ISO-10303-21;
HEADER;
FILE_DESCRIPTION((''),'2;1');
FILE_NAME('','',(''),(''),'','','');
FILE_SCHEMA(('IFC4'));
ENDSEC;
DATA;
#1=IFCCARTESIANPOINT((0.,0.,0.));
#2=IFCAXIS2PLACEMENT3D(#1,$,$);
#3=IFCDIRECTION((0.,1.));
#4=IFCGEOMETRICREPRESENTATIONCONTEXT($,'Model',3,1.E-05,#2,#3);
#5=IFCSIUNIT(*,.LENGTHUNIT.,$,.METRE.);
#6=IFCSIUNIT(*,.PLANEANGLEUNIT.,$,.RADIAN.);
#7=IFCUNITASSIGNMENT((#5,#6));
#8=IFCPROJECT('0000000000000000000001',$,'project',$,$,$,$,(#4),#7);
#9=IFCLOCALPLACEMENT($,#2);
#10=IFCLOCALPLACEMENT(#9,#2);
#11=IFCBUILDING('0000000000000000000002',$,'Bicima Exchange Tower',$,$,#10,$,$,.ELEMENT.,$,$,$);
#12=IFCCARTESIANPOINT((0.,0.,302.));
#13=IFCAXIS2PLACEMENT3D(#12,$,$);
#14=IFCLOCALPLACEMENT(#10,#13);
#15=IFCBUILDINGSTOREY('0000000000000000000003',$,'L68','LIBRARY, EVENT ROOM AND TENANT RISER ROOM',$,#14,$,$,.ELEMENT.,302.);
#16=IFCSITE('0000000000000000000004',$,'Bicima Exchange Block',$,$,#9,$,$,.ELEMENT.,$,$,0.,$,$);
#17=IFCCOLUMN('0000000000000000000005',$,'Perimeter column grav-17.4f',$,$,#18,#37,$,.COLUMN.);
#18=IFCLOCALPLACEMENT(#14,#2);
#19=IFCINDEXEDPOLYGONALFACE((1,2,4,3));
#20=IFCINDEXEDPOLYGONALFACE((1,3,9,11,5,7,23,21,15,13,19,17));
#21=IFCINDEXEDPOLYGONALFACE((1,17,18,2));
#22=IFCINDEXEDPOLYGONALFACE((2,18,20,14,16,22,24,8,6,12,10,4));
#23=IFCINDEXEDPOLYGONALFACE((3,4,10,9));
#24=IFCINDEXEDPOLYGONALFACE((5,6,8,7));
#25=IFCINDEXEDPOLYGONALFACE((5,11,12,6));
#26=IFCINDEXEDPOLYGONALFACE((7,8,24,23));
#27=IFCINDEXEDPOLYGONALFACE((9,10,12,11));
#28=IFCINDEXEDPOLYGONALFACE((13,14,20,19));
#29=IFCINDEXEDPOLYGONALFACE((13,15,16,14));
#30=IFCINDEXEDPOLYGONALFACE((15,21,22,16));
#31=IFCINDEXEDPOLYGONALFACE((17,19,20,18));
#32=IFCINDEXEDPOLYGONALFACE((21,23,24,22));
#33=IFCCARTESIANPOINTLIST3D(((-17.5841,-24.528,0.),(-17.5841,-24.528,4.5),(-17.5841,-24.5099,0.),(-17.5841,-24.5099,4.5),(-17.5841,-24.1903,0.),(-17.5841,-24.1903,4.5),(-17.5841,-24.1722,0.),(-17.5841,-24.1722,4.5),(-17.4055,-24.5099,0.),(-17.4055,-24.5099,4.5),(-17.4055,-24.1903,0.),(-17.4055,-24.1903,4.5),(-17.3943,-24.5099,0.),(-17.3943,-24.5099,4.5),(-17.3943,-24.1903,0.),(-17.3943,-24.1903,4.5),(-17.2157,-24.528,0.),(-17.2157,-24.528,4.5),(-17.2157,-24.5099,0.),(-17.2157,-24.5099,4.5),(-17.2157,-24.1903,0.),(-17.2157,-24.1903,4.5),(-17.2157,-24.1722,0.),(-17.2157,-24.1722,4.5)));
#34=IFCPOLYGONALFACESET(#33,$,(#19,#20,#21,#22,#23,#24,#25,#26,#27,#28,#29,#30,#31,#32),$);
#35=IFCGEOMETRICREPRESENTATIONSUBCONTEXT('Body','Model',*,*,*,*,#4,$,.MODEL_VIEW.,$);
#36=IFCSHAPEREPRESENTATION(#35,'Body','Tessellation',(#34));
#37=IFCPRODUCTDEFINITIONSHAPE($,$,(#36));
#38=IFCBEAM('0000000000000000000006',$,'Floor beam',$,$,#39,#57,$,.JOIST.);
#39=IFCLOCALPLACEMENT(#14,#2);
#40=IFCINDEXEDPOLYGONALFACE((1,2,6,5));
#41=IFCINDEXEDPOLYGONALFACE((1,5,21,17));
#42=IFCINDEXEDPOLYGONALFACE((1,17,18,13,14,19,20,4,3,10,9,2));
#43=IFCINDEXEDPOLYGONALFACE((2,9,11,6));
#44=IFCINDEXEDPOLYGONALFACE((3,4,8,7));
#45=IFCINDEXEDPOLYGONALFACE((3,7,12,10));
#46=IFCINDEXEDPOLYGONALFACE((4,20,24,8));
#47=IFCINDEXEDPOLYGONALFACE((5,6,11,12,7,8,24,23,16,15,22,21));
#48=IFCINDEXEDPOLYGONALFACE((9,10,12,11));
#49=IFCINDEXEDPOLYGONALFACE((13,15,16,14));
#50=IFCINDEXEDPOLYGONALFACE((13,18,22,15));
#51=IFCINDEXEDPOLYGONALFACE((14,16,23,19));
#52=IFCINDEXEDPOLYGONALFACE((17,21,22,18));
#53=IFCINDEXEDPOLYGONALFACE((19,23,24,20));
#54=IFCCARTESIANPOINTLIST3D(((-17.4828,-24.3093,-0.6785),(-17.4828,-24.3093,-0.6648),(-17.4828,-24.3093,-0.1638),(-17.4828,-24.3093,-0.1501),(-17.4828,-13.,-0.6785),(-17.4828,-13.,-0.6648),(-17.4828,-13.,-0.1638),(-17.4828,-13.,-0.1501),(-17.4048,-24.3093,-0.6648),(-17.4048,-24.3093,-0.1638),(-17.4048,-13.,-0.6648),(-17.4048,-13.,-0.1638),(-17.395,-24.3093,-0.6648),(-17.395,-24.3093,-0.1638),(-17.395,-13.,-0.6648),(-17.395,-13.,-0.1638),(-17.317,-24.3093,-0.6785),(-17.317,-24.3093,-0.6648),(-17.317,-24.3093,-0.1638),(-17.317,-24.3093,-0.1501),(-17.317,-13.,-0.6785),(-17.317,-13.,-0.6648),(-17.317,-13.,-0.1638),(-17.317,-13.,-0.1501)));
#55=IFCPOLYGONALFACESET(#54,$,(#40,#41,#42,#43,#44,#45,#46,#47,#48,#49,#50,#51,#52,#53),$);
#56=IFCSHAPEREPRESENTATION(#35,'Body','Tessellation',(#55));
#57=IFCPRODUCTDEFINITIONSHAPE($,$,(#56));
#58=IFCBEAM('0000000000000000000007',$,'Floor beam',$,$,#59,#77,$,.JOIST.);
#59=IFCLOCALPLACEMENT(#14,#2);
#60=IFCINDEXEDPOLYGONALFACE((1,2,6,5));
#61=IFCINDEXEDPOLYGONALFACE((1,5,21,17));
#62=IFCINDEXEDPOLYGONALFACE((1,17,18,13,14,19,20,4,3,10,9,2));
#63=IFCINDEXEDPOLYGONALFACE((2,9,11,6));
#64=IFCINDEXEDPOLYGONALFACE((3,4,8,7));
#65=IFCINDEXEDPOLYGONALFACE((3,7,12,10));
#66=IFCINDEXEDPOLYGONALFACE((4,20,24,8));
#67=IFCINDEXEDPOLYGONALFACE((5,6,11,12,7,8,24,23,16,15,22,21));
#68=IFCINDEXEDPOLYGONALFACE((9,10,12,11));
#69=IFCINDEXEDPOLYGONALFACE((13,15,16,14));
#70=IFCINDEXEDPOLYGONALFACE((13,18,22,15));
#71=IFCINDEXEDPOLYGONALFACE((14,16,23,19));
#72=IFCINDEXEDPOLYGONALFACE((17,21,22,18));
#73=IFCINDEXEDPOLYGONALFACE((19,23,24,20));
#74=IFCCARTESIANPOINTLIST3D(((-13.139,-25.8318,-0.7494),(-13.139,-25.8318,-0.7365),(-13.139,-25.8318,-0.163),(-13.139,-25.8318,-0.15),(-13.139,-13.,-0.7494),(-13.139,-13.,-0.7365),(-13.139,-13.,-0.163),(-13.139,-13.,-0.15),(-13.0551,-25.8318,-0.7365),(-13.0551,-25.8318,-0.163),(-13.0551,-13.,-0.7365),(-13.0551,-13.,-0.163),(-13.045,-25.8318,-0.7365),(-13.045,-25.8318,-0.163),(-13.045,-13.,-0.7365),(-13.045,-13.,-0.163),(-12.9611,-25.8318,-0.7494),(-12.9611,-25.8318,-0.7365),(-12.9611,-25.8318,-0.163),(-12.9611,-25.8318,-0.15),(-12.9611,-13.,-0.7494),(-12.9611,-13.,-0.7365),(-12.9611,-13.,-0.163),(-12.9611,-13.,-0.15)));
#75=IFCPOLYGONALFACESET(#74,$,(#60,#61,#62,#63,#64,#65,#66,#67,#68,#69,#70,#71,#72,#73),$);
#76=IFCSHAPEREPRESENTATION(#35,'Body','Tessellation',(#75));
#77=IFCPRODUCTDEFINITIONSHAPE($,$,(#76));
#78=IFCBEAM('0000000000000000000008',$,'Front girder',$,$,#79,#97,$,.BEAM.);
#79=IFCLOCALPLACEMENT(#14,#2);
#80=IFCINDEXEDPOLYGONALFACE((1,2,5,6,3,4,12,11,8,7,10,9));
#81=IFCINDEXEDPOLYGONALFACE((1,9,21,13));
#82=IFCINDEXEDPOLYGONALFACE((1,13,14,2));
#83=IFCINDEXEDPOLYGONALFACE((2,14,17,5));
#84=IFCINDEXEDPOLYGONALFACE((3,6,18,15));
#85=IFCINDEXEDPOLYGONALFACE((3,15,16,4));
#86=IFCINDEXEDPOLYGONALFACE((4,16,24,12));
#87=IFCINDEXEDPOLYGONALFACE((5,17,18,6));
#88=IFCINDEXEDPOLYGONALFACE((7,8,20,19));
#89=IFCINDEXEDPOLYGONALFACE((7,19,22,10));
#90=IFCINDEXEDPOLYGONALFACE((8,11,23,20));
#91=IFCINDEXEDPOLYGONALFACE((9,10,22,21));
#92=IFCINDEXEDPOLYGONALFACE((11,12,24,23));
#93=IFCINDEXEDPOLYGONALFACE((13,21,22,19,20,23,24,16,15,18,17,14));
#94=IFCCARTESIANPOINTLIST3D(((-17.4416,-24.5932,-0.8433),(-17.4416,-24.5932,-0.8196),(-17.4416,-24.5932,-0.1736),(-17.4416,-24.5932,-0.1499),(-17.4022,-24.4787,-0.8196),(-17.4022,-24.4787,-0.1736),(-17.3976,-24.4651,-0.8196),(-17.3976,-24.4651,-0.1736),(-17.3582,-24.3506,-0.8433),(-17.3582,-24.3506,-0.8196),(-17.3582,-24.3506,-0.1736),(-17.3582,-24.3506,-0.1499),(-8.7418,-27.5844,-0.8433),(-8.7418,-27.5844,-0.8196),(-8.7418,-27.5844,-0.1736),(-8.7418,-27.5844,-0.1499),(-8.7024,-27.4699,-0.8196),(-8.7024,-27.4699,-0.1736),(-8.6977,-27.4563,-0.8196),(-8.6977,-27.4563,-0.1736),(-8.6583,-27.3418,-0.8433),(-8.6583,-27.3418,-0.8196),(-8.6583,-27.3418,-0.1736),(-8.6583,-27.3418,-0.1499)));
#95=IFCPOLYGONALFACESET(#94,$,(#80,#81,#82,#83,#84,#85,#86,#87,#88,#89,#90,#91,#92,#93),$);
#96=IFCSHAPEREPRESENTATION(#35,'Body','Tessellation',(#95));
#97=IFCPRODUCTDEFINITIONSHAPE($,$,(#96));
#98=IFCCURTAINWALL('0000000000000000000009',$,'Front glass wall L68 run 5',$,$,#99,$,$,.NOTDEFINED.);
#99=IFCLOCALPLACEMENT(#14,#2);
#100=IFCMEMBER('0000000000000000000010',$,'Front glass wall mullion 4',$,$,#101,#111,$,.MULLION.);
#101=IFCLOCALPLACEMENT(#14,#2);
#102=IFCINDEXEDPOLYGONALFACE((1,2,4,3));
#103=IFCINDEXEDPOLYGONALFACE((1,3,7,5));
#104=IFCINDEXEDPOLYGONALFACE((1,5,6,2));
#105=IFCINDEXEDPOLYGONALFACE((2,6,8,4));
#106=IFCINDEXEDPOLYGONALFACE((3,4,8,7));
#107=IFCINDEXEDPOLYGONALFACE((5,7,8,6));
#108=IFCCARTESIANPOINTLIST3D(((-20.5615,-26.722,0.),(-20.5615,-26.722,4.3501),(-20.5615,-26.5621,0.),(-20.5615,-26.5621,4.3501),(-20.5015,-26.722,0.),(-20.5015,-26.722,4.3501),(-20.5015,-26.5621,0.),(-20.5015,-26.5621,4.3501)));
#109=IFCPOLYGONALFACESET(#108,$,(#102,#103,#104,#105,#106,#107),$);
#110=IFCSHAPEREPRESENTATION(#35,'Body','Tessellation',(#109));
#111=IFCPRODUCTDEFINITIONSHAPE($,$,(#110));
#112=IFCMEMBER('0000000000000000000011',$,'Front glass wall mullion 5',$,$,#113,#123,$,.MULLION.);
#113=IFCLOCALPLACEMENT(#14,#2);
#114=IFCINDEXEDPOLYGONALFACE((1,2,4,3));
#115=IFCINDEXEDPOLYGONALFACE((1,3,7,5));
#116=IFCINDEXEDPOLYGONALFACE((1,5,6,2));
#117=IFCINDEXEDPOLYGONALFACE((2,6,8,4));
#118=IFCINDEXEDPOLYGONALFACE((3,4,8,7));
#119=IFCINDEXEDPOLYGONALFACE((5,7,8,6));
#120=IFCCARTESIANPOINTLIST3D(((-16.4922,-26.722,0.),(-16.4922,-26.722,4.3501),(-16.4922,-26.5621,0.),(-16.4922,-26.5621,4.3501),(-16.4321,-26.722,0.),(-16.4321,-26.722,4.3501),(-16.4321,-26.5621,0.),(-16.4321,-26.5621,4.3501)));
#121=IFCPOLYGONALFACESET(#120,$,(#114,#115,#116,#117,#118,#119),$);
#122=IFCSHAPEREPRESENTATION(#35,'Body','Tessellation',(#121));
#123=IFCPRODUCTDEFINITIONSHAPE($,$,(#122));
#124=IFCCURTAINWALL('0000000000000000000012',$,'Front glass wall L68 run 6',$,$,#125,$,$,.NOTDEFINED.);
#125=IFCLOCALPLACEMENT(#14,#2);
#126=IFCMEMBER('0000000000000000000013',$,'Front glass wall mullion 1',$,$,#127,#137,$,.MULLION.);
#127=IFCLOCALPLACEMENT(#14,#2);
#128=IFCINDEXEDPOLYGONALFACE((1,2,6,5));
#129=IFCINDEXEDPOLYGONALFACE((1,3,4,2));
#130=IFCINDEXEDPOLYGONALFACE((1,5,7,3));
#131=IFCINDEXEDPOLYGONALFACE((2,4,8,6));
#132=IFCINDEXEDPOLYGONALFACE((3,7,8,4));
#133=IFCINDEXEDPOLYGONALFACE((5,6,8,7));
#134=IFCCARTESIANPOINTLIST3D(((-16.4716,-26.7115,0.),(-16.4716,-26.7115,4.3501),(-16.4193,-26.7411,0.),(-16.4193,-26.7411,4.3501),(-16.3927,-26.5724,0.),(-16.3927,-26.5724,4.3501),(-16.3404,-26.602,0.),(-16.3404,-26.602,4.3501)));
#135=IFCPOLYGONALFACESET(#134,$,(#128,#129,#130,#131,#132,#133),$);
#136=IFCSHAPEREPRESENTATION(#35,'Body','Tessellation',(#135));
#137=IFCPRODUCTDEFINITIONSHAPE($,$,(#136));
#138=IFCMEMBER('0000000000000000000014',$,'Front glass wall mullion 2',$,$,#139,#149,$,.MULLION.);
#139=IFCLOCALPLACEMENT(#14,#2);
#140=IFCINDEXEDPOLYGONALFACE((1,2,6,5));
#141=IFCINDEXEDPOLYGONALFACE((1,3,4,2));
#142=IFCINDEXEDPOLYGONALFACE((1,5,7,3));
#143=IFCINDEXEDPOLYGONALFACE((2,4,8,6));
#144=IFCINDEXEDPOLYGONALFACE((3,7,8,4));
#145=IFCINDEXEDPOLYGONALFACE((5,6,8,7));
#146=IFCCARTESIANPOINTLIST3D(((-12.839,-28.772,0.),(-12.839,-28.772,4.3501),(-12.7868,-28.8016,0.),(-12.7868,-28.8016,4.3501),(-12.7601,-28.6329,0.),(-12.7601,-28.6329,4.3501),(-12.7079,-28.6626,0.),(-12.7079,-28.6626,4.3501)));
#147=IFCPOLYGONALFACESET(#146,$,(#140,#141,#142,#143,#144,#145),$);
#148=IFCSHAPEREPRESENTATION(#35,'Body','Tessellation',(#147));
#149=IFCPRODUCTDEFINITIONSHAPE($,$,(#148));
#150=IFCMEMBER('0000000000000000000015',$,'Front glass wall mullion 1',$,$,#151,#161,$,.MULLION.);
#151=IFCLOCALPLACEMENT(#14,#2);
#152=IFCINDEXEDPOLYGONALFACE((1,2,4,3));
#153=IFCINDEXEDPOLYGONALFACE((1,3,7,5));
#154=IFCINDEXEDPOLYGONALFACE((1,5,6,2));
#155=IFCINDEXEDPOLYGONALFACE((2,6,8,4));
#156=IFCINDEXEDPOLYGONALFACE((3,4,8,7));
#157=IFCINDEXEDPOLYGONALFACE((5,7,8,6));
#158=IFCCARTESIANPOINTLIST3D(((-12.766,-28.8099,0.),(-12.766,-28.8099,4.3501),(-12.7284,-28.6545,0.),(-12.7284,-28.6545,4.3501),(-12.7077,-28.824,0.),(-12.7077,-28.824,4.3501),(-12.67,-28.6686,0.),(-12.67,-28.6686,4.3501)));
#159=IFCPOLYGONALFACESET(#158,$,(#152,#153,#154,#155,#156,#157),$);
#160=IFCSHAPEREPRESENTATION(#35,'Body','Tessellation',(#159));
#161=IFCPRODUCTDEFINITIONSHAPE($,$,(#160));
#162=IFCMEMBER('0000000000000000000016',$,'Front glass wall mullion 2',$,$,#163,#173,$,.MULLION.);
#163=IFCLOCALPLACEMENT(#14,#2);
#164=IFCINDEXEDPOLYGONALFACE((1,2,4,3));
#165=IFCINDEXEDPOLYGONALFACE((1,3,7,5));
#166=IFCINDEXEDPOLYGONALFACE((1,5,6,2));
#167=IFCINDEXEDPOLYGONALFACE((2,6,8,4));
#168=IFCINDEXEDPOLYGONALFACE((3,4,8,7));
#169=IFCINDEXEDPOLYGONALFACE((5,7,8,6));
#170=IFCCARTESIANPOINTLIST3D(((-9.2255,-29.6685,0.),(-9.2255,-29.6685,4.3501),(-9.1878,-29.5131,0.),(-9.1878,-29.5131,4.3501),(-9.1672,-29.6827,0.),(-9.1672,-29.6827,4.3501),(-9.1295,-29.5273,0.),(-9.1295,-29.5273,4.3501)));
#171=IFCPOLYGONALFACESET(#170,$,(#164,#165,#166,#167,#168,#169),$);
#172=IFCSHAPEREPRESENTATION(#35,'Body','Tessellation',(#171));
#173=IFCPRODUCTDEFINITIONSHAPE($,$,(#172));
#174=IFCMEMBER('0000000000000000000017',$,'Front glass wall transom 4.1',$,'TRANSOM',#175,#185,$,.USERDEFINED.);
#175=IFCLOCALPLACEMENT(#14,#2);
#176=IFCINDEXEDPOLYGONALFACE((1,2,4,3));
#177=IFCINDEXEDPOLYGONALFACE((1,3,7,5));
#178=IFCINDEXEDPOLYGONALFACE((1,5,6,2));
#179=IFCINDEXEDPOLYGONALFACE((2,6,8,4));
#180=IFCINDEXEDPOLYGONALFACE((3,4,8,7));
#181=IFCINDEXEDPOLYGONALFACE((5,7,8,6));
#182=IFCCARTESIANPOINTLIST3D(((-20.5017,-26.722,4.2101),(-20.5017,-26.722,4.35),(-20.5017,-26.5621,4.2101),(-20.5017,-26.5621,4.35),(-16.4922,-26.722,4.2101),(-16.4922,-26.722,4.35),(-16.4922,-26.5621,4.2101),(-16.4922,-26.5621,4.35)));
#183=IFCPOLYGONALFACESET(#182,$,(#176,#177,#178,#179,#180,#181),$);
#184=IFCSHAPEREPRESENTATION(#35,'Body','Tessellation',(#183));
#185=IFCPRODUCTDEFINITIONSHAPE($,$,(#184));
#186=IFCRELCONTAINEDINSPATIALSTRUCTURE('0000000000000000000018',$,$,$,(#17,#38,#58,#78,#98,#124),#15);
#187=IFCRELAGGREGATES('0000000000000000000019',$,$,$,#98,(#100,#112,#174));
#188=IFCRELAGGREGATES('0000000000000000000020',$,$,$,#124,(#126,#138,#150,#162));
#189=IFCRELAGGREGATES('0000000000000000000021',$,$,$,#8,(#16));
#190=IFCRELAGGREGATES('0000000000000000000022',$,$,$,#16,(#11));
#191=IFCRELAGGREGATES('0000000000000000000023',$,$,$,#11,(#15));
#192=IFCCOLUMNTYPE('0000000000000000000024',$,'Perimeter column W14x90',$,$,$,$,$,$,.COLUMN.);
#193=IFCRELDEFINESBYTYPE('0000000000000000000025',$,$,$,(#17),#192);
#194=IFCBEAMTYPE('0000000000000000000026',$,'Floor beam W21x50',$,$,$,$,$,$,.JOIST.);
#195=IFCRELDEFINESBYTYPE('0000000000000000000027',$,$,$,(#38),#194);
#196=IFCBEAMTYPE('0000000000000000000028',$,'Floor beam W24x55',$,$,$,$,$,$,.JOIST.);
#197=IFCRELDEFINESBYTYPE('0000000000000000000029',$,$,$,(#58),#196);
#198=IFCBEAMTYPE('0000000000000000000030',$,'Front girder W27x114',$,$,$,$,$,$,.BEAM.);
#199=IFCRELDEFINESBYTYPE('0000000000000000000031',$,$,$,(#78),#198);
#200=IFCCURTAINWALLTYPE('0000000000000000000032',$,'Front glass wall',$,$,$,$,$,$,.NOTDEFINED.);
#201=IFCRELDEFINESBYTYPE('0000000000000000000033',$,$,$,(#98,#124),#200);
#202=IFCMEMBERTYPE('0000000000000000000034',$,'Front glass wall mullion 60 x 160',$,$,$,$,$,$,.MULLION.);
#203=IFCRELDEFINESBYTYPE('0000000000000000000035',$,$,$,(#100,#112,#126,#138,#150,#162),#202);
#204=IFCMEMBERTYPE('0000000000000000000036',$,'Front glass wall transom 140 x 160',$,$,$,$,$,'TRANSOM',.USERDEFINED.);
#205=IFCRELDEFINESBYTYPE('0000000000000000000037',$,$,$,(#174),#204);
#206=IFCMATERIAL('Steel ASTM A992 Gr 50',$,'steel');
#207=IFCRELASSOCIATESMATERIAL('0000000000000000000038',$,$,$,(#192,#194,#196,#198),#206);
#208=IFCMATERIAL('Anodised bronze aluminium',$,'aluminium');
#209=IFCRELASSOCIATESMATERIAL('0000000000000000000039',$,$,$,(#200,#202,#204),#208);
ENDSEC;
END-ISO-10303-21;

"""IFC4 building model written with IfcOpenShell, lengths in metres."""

from ifc_helpers import new_model, si_unit, direction, frame, origin, origin_2d, place, context, subcontext, project, spatial, rectangle, i_section, extrude, material, material_profile, profile_set, type_object, element, aggregate, save


model = new_model("IFC4")

# Units and contexts
model_context = context("Model", 3, precision=1e-05, world=origin(), true_north=direction((0.0, 1.0)))
body_context = subcontext(model_context, "Body", "Model", "MODEL_VIEW")
ifc_project = project(units=[si_unit("LENGTHUNIT", "METRE"), si_unit("PLANEANGLEUNIT", "RADIAN")], contexts=[model_context])

# Site, building, storey
site_placement = place(None, origin())
site = spatial("IfcSite", under=ifc_project, at=site_placement, Name="Bicima Exchange Block", CompositionType="ELEMENT", RefElevation=0.0)
building_placement = place(site_placement, origin())
building = spatial("IfcBuilding", under=site, at=building_placement, Name="Bicima Exchange Tower", CompositionType="ELEMENT")
storey_placement = place(building_placement, frame((0.0, 0.0, 302.0)))
storey = spatial("IfcBuildingStorey", under=building, at=storey_placement, Name="L68", Description="LIBRARY, EVENT ROOM AND TENANT RISER ROOM", CompositionType="ELEMENT", Elevation=302.0)

# Column
ifc_material_1 = material(Name="Steel ASTM A992 Gr 50", Category="steel")
ifc_material_profile_1 = material_profile(ifc_material_1, i_section(OverallWidth=0.3684, OverallDepth=0.3557, WebThickness=0.0112, FlangeThickness=0.0181, at=origin_2d()))
ifc_profile_set_1 = profile_set([ifc_material_profile_1], Name="Steel ASTM A992 Gr 50")
column_type = type_object("IfcColumnType", Name="Perimeter column W14x90", PredefinedType="COLUMN", material=ifc_profile_set_1)
column_placement = place(storey_placement, frame((-17.3999, -24.3501, 0.0), z_axis=(0.0, 0.0, 1.0), x_axis=(1.0, 0.0, 0.0)))
element("IfcColumn", 1, at=column_placement, inside=storey, type_object=column_type, Name="Perimeter column grav-17.4f", PredefinedType="COLUMN", context=body_context, shape_type="SweptSolid", body=[
    extrude(i_section(OverallWidth=0.3684, OverallDepth=0.3557, WebThickness=0.0112, FlangeThickness=0.0181, at=origin_2d()), origin(), (0.0, 0.0, 1.0), 4.5),
])

# Beams
ifc_material_profile_2 = material_profile(ifc_material_1, i_section(OverallWidth=0.1658, OverallDepth=0.5283, WebThickness=0.0098, FlangeThickness=0.0137, at=origin_2d()))
ifc_profile_set_2 = profile_set([ifc_material_profile_2], Name="Steel ASTM A992 Gr 50")
beam_type_1 = type_object("IfcBeamType", Name="Floor beam W21x50", PredefinedType="JOIST", material=ifc_profile_set_2)
beam_1_placement = place(storey_placement, frame((-17.3999, -13.0, -0.4143), z_axis=(0.0, -1.0, 0.0), x_axis=(1.0, 0.0, 0.0)))
element("IfcBeam", 2, at=beam_1_placement, inside=storey, type_object=beam_type_1, Name="Floor beam", PredefinedType="JOIST", context=body_context, shape_type="SweptSolid", body=[
    extrude(i_section(OverallWidth=0.1658, OverallDepth=0.5283, WebThickness=0.0098, FlangeThickness=0.0137, at=origin_2d()), origin(), (0.0, 0.0, 1.0), 11.3093),
])
ifc_material_profile_3 = material_profile(ifc_material_1, i_section(OverallWidth=0.178, OverallDepth=0.5994, WebThickness=0.01, FlangeThickness=0.0129, at=origin_2d()))
ifc_profile_set_3 = profile_set([ifc_material_profile_3], Name="Steel ASTM A992 Gr 50")
beam_type_2 = type_object("IfcBeamType", Name="Floor beam W24x55", PredefinedType="JOIST", material=ifc_profile_set_3)
beam_2_placement = place(storey_placement, frame((-13.05, -13.0, -0.4497), z_axis=(0.0, -1.0, 0.0), x_axis=(1.0, 0.0, 0.0)))
element("IfcBeam", 3, at=beam_2_placement, inside=storey, type_object=beam_type_2, Name="Floor beam", PredefinedType="JOIST", context=body_context, shape_type="SweptSolid", body=[
    extrude(i_section(OverallWidth=0.178, OverallDepth=0.5994, WebThickness=0.01, FlangeThickness=0.0129, at=origin_2d()), origin(), (0.0, 0.0, 1.0), 12.8318),
])
ifc_material_profile_4 = material_profile(ifc_material_1, i_section(OverallWidth=0.2566, OverallDepth=0.6934, WebThickness=0.0144, FlangeThickness=0.0237, at=origin_2d()))
ifc_profile_set_4 = profile_set([ifc_material_profile_4], Name="Steel ASTM A992 Gr 50")
beam_type_3 = type_object("IfcBeamType", Name="Front girder W27x114", PredefinedType="BEAM", material=ifc_profile_set_4)
beam_3_placement = place(storey_placement, frame((-17.3999, -24.4719, -0.4966), z_axis=(0.945666, -0.325138, 0.0), x_axis=(0.325138, 0.945666, 0.0)))
element("IfcBeam", 4, at=beam_3_placement, inside=storey, type_object=beam_type_3, Name="Front girder", PredefinedType="BEAM", context=body_context, shape_type="SweptSolid", body=[
    extrude(i_section(OverallWidth=0.2566, OverallDepth=0.6934, WebThickness=0.0144, FlangeThickness=0.0237, at=origin_2d()), origin(), (0.0, 0.0, 1.0), 9.1997),
])

# Curtain walls, members
ifc_material_2 = material(Name="Anodised bronze aluminium", Category="aluminium")
curtain_wall_type = type_object("IfcCurtainWallType", Name="Front glass wall", PredefinedType="NOTDEFINED", material=ifc_material_2)
curtain_wall_1_placement = place(storey_placement, origin())
curtain_wall_1 = element("IfcCurtainWall", 5, at=curtain_wall_1_placement, inside=storey, type_object=curtain_wall_type, Name="Front glass wall L68 run 5", PredefinedType="NOTDEFINED")
ifc_material_profile_5 = material_profile(ifc_material_2, rectangle(XDim=0.1599, YDim=0.0601, at=origin_2d()))
ifc_profile_set_5 = profile_set([ifc_material_profile_5], Name="Anodised bronze aluminium")
member_type_1 = type_object("IfcMemberType", Name="Front glass wall mullion 60 x 160", PredefinedType="MULLION", material=ifc_profile_set_5)
member_1_placement = place(storey_placement, frame((-20.5315, -26.6421, 0.0), z_axis=(0.0, 0.0, 1.0), x_axis=(0.0, 1.0, 0.0)))
member_1 = element("IfcMember", 6, at=member_1_placement, type_object=member_type_1, Name="Front glass wall mullion 4", PredefinedType="MULLION", context=body_context, shape_type="SweptSolid", body=[
    extrude(rectangle(XDim=0.1599, YDim=0.0601, at=origin_2d()), origin(), (0.0, 0.0, 1.0), 4.3501),
])
member_2_placement = place(storey_placement, frame((-16.4622, -26.6421, 0.0), z_axis=(0.0, 0.0, 1.0), x_axis=(0.0, 1.0, 0.0)))
member_2 = element("IfcMember", 7, at=member_2_placement, type_object=member_type_1, Name="Front glass wall mullion 5", PredefinedType="MULLION", context=body_context, shape_type="SweptSolid", body=[
    extrude(rectangle(XDim=0.1599, YDim=0.0601, at=origin_2d()), origin(), (0.0, 0.0, 1.0), 4.3501),
])
curtain_wall_2_placement = place(storey_placement, origin())
curtain_wall_2 = element("IfcCurtainWall", 8, at=curtain_wall_2_placement, inside=storey, type_object=curtain_wall_type, Name="Front glass wall L68 run 6", PredefinedType="NOTDEFINED")
member_3_placement = place(storey_placement, frame((-16.406, -26.6567, 0.0), z_axis=(0.0, 0.0, 1.0), x_axis=(0.493395, 0.869805, 0.0)))
member_3 = element("IfcMember", 9, at=member_3_placement, type_object=member_type_1, Name="Front glass wall mullion 1", PredefinedType="MULLION", context=body_context, shape_type="SweptSolid", body=[
    extrude(rectangle(XDim=0.1599, YDim=0.0601, at=origin_2d()), origin(), (0.0, 0.0, 1.0), 4.3501),
])
member_4_placement = place(storey_placement, frame((-12.7734, -28.7173, 0.0), z_axis=(0.0, 0.0, 1.0), x_axis=(0.493395, 0.869805, 0.0)))
member_4 = element("IfcMember", 10, at=member_4_placement, type_object=member_type_1, Name="Front glass wall mullion 2", PredefinedType="MULLION", context=body_context, shape_type="SweptSolid", body=[
    extrude(rectangle(XDim=0.1599, YDim=0.0601, at=origin_2d()), origin(), (0.0, 0.0, 1.0), 4.3501),
])
member_5_placement = place(storey_placement, frame((-12.718, -28.7393, 0.0), z_axis=(0.0, 0.0, 1.0), x_axis=(0.235682, 0.97183, 0.0)))
member_5 = element("IfcMember", 11, at=member_5_placement, type_object=member_type_1, Name="Front glass wall mullion 1", PredefinedType="MULLION", context=body_context, shape_type="SweptSolid", body=[
    extrude(rectangle(XDim=0.1599, YDim=0.0601, at=origin_2d()), origin(), (0.0, 0.0, 1.0), 4.3501),
])
member_6_placement = place(storey_placement, frame((-9.1775, -29.5979, 0.0), z_axis=(0.0, 0.0, 1.0), x_axis=(0.235682, 0.97183, 0.0)))
member_6 = element("IfcMember", 12, at=member_6_placement, type_object=member_type_1, Name="Front glass wall mullion 2", PredefinedType="MULLION", context=body_context, shape_type="SweptSolid", body=[
    extrude(rectangle(XDim=0.1599, YDim=0.0601, at=origin_2d()), origin(), (0.0, 0.0, 1.0), 4.3501),
])

# Member
ifc_material_profile_6 = material_profile(ifc_material_2, rectangle(XDim=0.1599, YDim=0.1399, at=origin_2d()))
ifc_profile_set_6 = profile_set([ifc_material_profile_6], Name="Anodised bronze aluminium")
member_type_2 = type_object("IfcMemberType", Name="Front glass wall transom 140 x 160", ElementType="TRANSOM", PredefinedType="USERDEFINED", material=ifc_profile_set_6)
member_7_placement = place(storey_placement, frame((-20.5017, -26.6421, 4.28), z_axis=(1.0, 0.0, 0.0), x_axis=(0.0, 1.0, 0.0)))
member_7 = element("IfcMember", 13, at=member_7_placement, type_object=member_type_2, Name="Front glass wall transom 4.1", ObjectType="TRANSOM", PredefinedType="USERDEFINED", context=body_context, shape_type="SweptSolid", body=[
    extrude(rectangle(XDim=0.1599, YDim=0.1399, at=origin_2d()), origin(), (0.0, 0.0, 1.0), 4.0095),
])

aggregate(curtain_wall_1, [member_1, member_2, member_7])
aggregate(curtain_wall_2, [member_3, member_4, member_5, member_6])

save(model, "model.ifc")
